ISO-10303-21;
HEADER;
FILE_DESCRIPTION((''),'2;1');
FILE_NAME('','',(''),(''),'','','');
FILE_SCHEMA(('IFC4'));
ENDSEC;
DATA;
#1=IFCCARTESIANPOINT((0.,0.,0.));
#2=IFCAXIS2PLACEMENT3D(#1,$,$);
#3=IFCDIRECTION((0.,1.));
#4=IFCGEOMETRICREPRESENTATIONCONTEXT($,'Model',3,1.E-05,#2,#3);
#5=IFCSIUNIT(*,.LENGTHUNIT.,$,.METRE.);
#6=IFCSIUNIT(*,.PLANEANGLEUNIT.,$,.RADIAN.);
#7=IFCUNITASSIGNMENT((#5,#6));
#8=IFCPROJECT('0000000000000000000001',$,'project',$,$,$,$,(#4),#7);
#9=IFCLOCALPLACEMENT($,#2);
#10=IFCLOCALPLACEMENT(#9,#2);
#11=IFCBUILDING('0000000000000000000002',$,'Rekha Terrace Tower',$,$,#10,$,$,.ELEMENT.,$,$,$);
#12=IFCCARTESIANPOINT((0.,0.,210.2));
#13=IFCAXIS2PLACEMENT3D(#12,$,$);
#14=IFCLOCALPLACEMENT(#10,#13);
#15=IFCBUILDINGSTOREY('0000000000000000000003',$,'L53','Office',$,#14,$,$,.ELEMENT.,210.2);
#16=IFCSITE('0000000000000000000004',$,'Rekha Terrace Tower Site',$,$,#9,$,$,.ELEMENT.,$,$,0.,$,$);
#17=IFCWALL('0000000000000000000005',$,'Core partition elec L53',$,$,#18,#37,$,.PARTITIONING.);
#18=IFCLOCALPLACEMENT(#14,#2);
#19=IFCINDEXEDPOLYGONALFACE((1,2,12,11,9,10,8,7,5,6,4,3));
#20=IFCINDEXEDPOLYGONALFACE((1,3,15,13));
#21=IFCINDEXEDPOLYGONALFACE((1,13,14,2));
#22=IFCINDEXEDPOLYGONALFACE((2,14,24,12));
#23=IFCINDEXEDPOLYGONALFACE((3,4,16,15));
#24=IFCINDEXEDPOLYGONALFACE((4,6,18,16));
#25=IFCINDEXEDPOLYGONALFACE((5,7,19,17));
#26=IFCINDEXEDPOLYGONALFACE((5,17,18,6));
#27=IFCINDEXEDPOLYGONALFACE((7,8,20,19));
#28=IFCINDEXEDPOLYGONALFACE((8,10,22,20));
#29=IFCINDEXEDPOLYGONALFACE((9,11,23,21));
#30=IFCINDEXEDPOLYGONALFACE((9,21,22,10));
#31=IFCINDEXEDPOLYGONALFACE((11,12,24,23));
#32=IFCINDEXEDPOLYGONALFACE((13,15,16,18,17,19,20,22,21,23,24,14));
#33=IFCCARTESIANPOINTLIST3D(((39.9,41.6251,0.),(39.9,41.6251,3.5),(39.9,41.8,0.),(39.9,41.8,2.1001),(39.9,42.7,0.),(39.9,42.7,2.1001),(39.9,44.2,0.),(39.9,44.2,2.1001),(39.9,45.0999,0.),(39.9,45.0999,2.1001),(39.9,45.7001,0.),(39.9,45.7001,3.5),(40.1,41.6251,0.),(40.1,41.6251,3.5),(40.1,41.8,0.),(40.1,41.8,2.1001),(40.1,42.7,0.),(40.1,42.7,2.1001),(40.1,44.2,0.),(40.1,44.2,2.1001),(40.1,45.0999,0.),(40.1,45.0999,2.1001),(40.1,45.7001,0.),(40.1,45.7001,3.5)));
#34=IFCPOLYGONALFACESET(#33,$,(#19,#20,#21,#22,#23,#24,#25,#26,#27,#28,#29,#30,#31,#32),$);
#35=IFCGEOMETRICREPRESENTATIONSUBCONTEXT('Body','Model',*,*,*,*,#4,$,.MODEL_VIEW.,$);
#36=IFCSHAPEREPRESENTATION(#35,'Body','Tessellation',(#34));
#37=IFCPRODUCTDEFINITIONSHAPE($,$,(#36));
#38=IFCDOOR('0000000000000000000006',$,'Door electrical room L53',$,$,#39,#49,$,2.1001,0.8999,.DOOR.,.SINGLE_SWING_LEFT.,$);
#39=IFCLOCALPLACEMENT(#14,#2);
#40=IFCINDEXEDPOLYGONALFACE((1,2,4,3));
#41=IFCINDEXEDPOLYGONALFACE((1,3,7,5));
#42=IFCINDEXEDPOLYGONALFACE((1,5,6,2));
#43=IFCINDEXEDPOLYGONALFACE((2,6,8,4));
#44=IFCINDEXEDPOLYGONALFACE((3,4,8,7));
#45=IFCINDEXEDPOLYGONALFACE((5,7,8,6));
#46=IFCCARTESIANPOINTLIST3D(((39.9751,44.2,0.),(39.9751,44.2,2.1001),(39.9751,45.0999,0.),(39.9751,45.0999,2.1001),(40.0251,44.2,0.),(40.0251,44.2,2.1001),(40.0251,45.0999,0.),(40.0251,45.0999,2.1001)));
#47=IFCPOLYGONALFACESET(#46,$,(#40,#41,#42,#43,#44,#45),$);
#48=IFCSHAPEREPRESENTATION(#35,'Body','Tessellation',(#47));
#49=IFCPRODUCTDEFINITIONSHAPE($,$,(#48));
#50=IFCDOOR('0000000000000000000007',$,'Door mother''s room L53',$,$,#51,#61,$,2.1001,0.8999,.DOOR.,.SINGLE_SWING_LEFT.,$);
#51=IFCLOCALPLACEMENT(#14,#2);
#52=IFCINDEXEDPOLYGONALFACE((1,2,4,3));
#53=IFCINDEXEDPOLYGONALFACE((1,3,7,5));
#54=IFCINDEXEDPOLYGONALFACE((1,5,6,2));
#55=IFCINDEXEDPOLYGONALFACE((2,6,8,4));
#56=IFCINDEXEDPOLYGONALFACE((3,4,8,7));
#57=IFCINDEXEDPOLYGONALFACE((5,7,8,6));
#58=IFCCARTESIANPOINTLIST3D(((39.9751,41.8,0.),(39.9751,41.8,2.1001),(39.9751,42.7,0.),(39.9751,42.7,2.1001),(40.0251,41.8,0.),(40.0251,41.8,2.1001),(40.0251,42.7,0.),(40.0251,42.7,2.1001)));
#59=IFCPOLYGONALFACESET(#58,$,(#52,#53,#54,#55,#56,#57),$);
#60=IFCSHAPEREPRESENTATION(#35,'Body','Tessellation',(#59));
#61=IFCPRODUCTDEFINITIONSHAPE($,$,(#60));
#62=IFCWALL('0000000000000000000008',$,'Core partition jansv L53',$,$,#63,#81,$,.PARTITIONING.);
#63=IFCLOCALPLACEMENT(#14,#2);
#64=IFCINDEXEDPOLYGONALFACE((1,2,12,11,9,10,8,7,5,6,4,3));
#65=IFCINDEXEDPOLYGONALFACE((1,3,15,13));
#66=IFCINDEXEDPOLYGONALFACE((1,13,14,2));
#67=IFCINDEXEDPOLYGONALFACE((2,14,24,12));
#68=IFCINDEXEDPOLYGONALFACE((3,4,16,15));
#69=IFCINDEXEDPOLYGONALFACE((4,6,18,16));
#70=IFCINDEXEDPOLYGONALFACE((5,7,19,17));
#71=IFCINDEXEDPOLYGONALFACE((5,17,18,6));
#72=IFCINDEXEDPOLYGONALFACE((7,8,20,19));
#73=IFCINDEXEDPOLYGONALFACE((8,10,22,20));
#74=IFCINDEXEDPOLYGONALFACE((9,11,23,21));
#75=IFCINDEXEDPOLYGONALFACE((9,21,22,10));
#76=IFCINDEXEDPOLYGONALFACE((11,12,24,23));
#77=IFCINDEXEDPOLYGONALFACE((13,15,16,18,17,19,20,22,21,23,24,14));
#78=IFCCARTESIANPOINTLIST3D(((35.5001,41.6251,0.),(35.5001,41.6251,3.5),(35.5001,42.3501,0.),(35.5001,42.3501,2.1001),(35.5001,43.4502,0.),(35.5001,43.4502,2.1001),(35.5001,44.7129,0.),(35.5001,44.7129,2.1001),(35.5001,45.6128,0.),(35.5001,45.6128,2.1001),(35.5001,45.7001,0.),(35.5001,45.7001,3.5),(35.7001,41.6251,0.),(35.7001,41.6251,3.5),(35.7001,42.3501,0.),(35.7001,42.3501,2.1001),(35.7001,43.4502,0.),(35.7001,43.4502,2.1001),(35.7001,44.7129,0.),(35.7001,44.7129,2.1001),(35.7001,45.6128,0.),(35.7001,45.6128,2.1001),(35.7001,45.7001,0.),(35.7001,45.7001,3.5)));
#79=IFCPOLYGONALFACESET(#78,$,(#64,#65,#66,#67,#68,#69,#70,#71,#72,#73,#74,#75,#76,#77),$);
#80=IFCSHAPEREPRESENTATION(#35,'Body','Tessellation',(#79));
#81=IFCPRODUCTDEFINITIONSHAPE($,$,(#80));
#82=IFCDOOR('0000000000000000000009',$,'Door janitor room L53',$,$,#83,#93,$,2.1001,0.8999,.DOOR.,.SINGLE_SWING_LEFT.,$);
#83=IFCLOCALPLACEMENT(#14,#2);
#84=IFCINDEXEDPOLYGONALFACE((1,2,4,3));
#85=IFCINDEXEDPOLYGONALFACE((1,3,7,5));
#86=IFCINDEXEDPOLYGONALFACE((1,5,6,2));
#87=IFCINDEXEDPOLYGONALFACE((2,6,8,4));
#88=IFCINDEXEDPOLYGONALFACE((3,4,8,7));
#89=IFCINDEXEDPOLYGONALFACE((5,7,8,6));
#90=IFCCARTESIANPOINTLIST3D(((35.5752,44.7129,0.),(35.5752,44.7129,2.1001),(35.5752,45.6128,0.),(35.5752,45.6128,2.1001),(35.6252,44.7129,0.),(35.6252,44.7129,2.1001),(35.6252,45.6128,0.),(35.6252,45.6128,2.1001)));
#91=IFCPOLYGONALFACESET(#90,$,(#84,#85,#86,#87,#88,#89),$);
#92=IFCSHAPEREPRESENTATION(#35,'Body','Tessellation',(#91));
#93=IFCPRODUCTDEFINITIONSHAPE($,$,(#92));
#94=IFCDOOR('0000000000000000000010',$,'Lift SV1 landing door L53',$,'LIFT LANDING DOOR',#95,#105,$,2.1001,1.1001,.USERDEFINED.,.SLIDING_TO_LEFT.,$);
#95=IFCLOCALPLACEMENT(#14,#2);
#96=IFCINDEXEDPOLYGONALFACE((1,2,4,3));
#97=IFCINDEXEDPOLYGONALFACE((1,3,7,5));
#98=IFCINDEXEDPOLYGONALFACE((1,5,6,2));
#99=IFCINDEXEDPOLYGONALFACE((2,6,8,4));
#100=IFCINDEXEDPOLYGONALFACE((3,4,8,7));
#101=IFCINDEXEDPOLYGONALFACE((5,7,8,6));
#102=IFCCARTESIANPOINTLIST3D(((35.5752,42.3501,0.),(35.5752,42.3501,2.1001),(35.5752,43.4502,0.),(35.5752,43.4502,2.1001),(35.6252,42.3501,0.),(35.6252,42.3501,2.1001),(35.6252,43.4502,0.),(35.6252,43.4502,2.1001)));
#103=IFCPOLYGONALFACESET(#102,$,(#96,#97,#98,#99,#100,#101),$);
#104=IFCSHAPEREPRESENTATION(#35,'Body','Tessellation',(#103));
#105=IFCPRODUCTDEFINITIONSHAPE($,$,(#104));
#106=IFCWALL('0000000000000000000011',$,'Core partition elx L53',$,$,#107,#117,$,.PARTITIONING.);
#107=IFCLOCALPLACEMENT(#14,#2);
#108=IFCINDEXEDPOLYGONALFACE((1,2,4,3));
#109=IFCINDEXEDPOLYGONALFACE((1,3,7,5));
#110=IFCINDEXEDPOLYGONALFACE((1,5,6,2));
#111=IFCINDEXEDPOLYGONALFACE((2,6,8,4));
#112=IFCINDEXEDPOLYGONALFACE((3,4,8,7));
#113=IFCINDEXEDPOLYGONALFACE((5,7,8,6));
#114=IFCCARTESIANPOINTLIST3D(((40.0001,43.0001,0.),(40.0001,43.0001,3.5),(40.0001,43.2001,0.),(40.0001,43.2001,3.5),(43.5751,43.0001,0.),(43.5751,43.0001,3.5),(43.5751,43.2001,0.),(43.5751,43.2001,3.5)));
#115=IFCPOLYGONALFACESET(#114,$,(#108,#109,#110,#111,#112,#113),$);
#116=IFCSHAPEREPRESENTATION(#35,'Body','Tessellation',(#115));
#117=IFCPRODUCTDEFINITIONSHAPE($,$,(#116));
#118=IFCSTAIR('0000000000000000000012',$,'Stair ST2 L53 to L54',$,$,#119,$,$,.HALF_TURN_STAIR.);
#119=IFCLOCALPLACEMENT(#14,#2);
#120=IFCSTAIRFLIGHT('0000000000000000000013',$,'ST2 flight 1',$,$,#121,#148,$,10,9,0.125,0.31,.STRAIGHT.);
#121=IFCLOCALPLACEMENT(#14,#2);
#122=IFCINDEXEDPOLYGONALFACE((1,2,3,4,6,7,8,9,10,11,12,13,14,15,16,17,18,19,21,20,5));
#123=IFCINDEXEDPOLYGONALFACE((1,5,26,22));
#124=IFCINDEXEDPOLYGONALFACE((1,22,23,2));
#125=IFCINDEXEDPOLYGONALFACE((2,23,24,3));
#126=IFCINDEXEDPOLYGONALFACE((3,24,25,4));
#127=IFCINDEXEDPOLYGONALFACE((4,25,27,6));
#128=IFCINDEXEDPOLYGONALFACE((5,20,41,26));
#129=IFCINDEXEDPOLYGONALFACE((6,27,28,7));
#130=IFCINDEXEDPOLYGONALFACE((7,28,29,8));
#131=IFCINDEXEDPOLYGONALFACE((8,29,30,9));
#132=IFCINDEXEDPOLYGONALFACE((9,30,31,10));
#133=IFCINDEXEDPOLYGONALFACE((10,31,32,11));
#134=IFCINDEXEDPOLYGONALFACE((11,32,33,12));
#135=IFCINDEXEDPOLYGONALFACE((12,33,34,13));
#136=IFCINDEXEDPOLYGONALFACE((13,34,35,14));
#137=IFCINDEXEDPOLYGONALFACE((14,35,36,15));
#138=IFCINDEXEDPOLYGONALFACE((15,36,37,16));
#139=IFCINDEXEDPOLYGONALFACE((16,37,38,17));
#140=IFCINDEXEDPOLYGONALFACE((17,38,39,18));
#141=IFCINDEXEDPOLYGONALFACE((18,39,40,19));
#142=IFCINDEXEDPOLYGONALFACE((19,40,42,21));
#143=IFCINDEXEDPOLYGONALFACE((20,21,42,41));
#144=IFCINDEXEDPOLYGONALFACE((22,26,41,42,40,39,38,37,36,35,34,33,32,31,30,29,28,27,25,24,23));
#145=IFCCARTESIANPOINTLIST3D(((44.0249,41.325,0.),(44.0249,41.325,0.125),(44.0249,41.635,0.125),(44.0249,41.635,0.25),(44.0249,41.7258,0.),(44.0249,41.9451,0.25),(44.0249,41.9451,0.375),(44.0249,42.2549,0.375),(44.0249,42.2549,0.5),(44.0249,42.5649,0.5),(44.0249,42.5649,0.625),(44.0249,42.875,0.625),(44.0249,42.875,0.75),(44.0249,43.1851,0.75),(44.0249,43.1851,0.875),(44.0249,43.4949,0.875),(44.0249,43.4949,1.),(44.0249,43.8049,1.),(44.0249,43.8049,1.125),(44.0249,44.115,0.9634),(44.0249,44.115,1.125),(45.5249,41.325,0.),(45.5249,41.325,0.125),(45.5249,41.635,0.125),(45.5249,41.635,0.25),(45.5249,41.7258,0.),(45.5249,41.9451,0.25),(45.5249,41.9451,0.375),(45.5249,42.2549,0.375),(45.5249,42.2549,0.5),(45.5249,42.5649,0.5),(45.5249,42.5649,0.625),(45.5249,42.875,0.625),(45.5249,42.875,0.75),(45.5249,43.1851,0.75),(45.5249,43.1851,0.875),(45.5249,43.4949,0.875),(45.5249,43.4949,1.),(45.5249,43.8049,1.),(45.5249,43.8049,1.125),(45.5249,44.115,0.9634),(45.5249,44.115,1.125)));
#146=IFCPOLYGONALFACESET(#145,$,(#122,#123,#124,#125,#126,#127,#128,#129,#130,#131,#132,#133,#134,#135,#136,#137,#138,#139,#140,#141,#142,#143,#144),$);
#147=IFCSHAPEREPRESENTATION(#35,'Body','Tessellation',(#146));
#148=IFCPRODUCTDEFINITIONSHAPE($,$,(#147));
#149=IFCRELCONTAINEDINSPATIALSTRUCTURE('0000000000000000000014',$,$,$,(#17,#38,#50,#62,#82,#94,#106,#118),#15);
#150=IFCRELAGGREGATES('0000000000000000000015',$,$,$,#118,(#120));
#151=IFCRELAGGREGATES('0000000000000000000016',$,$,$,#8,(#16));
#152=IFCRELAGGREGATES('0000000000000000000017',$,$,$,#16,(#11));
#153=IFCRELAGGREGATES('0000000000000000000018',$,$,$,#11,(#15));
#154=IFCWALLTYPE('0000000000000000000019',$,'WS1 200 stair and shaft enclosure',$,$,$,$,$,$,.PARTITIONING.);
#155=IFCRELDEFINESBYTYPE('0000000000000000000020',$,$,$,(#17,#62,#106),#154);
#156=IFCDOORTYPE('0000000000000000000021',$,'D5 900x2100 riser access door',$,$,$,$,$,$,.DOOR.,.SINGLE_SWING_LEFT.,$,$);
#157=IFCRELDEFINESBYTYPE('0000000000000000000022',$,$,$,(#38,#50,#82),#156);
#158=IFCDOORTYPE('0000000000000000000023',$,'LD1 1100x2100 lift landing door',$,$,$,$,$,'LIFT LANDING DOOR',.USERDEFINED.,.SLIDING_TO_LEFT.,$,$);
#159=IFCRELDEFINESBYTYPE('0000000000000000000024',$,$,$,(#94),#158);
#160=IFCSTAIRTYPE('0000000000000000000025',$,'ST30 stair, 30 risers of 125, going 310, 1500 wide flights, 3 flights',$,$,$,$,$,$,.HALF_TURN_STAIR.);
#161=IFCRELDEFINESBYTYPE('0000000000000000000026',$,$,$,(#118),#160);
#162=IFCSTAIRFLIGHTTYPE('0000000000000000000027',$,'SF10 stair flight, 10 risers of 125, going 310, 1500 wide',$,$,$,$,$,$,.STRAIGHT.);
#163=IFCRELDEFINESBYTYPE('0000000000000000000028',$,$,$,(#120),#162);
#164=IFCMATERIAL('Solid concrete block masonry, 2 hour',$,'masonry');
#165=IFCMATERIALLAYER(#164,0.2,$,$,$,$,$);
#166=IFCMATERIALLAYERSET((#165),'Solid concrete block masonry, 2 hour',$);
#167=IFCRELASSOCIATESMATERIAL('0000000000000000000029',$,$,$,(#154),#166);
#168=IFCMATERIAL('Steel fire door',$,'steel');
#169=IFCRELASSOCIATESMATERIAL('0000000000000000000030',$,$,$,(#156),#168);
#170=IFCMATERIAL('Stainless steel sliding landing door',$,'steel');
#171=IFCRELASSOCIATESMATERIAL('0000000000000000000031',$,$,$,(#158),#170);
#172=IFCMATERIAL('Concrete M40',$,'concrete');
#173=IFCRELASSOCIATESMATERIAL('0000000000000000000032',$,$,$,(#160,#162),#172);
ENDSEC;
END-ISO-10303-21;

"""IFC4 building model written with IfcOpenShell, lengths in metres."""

from ifc_helpers import new_model, si_unit, direction, frame, frame_2d, origin, place, context, subcontext, project, spatial, polyline, rectangle, outline, extrude, material, layer, layer_set, type_object, element, fill, aggregate, save


model = new_model("IFC4")

# Units and contexts
model_context = context("Model", 3, precision=1e-05, world=origin(), true_north=direction((0.0, 1.0)))
body_context = subcontext(model_context, "Body", "Model", "MODEL_VIEW")
ifc_project = project(units=[si_unit("LENGTHUNIT", "METRE"), si_unit("PLANEANGLEUNIT", "RADIAN")], contexts=[model_context])

# Site, building, storey
site_placement = place(None, origin())
site = spatial("IfcSite", under=ifc_project, at=site_placement, Name="Rekha Terrace Tower Site", CompositionType="ELEMENT", RefElevation=0.0)
building_placement = place(site_placement, origin())
building = spatial("IfcBuilding", under=site, at=building_placement, Name="Rekha Terrace Tower", CompositionType="ELEMENT")
storey_placement = place(building_placement, frame((0.0, 0.0, 210.2)))
storey = spatial("IfcBuildingStorey", under=building, at=storey_placement, Name="L53", Description="Office", CompositionType="ELEMENT", Elevation=210.2)

# Shared definitions
ifc_material_1 = material(Name="Stainless steel sliding landing door", Category="steel")
ifc_material_2 = material(Name="Steel fire door", Category="steel")

# Shared definitions
ifc_material_3 = material(Name="Solid concrete block masonry, 2 hour", Category="masonry")
ifc_layer_1 = layer(ifc_material_3, 0.2)
ifc_layer_set_1 = layer_set([ifc_layer_1], Name="Solid concrete block masonry, 2 hour")
wall_type_1 = type_object("IfcWallType", Name="WS1 200 stair and shaft enclosure", PredefinedType="PARTITIONING", material=ifc_layer_set_1)

# Walls, openings, doors
wall_1_placement = place(storey_placement, frame((40.0, 41.625, 0.0), z_axis=(0.0, 0.0, 1.0), x_axis=(0.0, 1.0, 0.0)))
wall_1 = element("IfcWall", 1, at=wall_1_placement, inside=storey, type_object=wall_type_1, Name="Core partition elec L53", PredefinedType="PARTITIONING", context=body_context, shape_type="SweptSolid", body=[
    extrude(rectangle(XDim=4.075, YDim=0.2, at=frame_2d((2.0376, 0.0))), origin(), (0.0, 0.0, 1.0), 3.5),
])
opening_1_placement = place(wall_1_placement, frame((2.575, 0.0, 0.0)))
opening_1 = element("IfcOpeningElement", 2, at=opening_1_placement, cuts=wall_1, PredefinedType="OPENING", context=body_context, shape_type="SweptSolid", body=[
    extrude(rectangle(XDim=0.8999, YDim=2.1001, at=frame_2d((0.45, 1.05))), frame((0.0, 0.1099, 0.0), z_axis=(0.0, -1.0, 0.0), x_axis=(1.0, 0.0, 0.0)), (0.0, 0.0, 1.0), 0.22),
])
opening_2_placement = place(wall_1_placement, frame((0.175, 0.0, 0.0)))
opening_2 = element("IfcOpeningElement", 3, at=opening_2_placement, cuts=wall_1, PredefinedType="OPENING", context=body_context, shape_type="SweptSolid", body=[
    extrude(rectangle(XDim=0.8999, YDim=2.1001, at=frame_2d((0.45, 1.05))), frame((0.0, 0.1099, 0.0), z_axis=(0.0, -1.0, 0.0), x_axis=(1.0, 0.0, 0.0)), (0.0, 0.0, 1.0), 0.22),
])
door_type_1 = type_object("IfcDoorType", Name="D5 900x2100 riser access door", OperationType="SINGLE_SWING_LEFT", PredefinedType="DOOR", material=ifc_material_2)
door_1_placement = place(opening_1_placement, origin())
door_1 = element("IfcDoor", 4, at=door_1_placement, inside=storey, type_object=door_type_1, Name="Door electrical room L53", OperationType="SINGLE_SWING_LEFT", OverallHeight=2.1001, OverallWidth=0.8999, PredefinedType="DOOR", context=body_context, shape_type="SweptSolid", body=[
    extrude(rectangle(XDim=0.8999, YDim=2.1001, at=frame_2d((0.45, 1.05))), frame((0.0, 0.0249, 0.0), z_axis=(0.0, -1.0, 0.0), x_axis=(1.0, 0.0, 0.0)), (0.0, 0.0, 1.0), 0.05),
])
fill(opening_1, door_1)
door_2_placement = place(opening_2_placement, origin())
door_2 = element("IfcDoor", 5, at=door_2_placement, inside=storey, type_object=door_type_1, Name="Door mother's room L53", OperationType="SINGLE_SWING_LEFT", OverallHeight=2.1001, OverallWidth=0.8999, PredefinedType="DOOR", context=body_context, shape_type="SweptSolid", body=[
    extrude(rectangle(XDim=0.8999, YDim=2.1001, at=frame_2d((0.45, 1.05))), frame((0.0, 0.0249, 0.0), z_axis=(0.0, -1.0, 0.0), x_axis=(1.0, 0.0, 0.0)), (0.0, 0.0, 1.0), 0.05),
])
fill(opening_2, door_2)
wall_2_placement = place(storey_placement, frame((35.6001, 41.625, 0.0), z_axis=(0.0, 0.0, 1.0), x_axis=(0.0, 1.0, 0.0)))
wall_2 = element("IfcWall", 6, at=wall_2_placement, inside=storey, type_object=wall_type_1, Name="Core partition jansv L53", PredefinedType="PARTITIONING", context=body_context, shape_type="SweptSolid", body=[
    extrude(rectangle(XDim=4.075, YDim=0.2, at=frame_2d((2.0376, 0.0))), origin(), (0.0, 0.0, 1.0), 3.5),
])
opening_3_placement = place(wall_2_placement, frame((3.0879, 0.0, 0.0)))
opening_3 = element("IfcOpeningElement", 7, at=opening_3_placement, cuts=wall_2, PredefinedType="OPENING", context=body_context, shape_type="SweptSolid", body=[
    extrude(rectangle(XDim=0.8999, YDim=2.1001, at=frame_2d((0.45, 1.05))), frame((0.0, 0.1099, 0.0), z_axis=(0.0, -1.0, 0.0), x_axis=(1.0, 0.0, 0.0)), (0.0, 0.0, 1.0), 0.22),
])
opening_4_placement = place(wall_2_placement, frame((0.7251, 0.0, 0.0)))
opening_4 = element("IfcOpeningElement", 8, at=opening_4_placement, cuts=wall_2, PredefinedType="OPENING", context=body_context, shape_type="SweptSolid", body=[
    extrude(rectangle(XDim=1.1001, YDim=2.1001, at=frame_2d((0.55, 1.05))), frame((0.0, 0.1099, 0.0), z_axis=(0.0, -1.0, 0.0), x_axis=(1.0, 0.0, 0.0)), (0.0, 0.0, 1.0), 0.22),
])
door_3_placement = place(opening_3_placement, origin())
door_3 = element("IfcDoor", 9, at=door_3_placement, inside=storey, type_object=door_type_1, Name="Door janitor room L53", OperationType="SINGLE_SWING_LEFT", OverallHeight=2.1001, OverallWidth=0.8999, PredefinedType="DOOR", context=body_context, shape_type="SweptSolid", body=[
    extrude(rectangle(XDim=0.8999, YDim=2.1001, at=frame_2d((0.45, 1.05))), frame((0.0, 0.0249, 0.0), z_axis=(0.0, -1.0, 0.0), x_axis=(1.0, 0.0, 0.0)), (0.0, 0.0, 1.0), 0.05),
])
fill(opening_3, door_3)
door_type_2 = type_object("IfcDoorType", Name="LD1 1100x2100 lift landing door", ElementType="LIFT LANDING DOOR", OperationType="SLIDING_TO_LEFT", PredefinedType="USERDEFINED", material=ifc_material_1)
door_4_placement = place(opening_4_placement, origin())
door_4 = element("IfcDoor", 10, at=door_4_placement, inside=storey, type_object=door_type_2, Name="Lift SV1 landing door L53", ObjectType="LIFT LANDING DOOR", OperationType="SLIDING_TO_LEFT", OverallHeight=2.1001, OverallWidth=1.1001, PredefinedType="USERDEFINED", context=body_context, shape_type="SweptSolid", body=[
    extrude(rectangle(XDim=1.1001, YDim=2.1001, at=frame_2d((0.55, 1.05))), frame((0.0, 0.0249, 0.0), z_axis=(0.0, -1.0, 0.0), x_axis=(1.0, 0.0, 0.0)), (0.0, 0.0, 1.0), 0.05),
])
fill(opening_4, door_4)

# Wall
wall_3_placement = place(storey_placement, frame((40.0, 43.1001, 0.0), z_axis=(0.0, 0.0, 1.0), x_axis=(1.0, 0.0, 0.0)))
element("IfcWall", 11, at=wall_3_placement, inside=storey, type_object=wall_type_1, Name="Core partition elx L53", PredefinedType="PARTITIONING", context=body_context, shape_type="SweptSolid", body=[
    extrude(rectangle(XDim=3.575, YDim=0.2, at=frame_2d((1.7876, 0.0))), origin(), (0.0, 0.0, 1.0), 3.5),
])

# Stair, stair flight
ifc_material_4 = material(Name="Concrete M40", Category="concrete")
stair_type = type_object("IfcStairType", Name="ST30 stair, 30 risers of 125, going 310, 1500 wide flights, 3 flights", PredefinedType="HALF_TURN_STAIR", material=ifc_material_4)
stair_placement = place(storey_placement, origin())
stair = element("IfcStair", 12, at=stair_placement, inside=storey, type_object=stair_type, Name="Stair ST2 L53 to L54", PredefinedType="HALF_TURN_STAIR")
stair_flight_type = type_object("IfcStairFlightType", Name="SF10 stair flight, 10 risers of 125, going 310, 1500 wide", PredefinedType="STRAIGHT", material=ifc_material_4)
stair_flight_placement = place(storey_placement, frame((44.7749, 41.325, 0.0), z_axis=(0.0, 0.0, 1.0), x_axis=(0.0, 1.0, 0.0)))
stair_flight = element("IfcStairFlight", 13, at=stair_flight_placement, type_object=stair_flight_type, Name="ST2 flight 1", NumberOfRisers=10, NumberOfTreads=9, PredefinedType="STRAIGHT", RiserHeight=0.125, TreadLength=0.31, context=body_context, shape_type="SweptSolid", body=[
    extrude(outline(polyline([(0.0, 0.0), (0.0, 0.125), (0.3101, 0.125), (0.3101, 0.25), (0.6201, 0.25), (0.6201, 0.375), (0.9299, 0.375), (0.9299, 0.5), (1.24, 0.5), (1.24, 0.625), (1.55, 0.625), (1.55, 0.75), (1.8601, 0.75), (1.8601, 0.875), (2.1699, 0.875), (2.1699, 1.0), (2.48, 1.0), (2.48, 1.125), (2.79, 1.125), (2.79, 1.25), (2.79, 0.9634), (0.4009, 0.0), (0.0, 0.0)])), frame((0.0, 0.75, 0.0), z_axis=(0.0, -1.0, 0.0), x_axis=(1.0, 0.0, 0.0)), (0.0, 0.0, 1.0), 1.5),
])
aggregate(stair, [stair_flight])

save(model, "model.ifc")
